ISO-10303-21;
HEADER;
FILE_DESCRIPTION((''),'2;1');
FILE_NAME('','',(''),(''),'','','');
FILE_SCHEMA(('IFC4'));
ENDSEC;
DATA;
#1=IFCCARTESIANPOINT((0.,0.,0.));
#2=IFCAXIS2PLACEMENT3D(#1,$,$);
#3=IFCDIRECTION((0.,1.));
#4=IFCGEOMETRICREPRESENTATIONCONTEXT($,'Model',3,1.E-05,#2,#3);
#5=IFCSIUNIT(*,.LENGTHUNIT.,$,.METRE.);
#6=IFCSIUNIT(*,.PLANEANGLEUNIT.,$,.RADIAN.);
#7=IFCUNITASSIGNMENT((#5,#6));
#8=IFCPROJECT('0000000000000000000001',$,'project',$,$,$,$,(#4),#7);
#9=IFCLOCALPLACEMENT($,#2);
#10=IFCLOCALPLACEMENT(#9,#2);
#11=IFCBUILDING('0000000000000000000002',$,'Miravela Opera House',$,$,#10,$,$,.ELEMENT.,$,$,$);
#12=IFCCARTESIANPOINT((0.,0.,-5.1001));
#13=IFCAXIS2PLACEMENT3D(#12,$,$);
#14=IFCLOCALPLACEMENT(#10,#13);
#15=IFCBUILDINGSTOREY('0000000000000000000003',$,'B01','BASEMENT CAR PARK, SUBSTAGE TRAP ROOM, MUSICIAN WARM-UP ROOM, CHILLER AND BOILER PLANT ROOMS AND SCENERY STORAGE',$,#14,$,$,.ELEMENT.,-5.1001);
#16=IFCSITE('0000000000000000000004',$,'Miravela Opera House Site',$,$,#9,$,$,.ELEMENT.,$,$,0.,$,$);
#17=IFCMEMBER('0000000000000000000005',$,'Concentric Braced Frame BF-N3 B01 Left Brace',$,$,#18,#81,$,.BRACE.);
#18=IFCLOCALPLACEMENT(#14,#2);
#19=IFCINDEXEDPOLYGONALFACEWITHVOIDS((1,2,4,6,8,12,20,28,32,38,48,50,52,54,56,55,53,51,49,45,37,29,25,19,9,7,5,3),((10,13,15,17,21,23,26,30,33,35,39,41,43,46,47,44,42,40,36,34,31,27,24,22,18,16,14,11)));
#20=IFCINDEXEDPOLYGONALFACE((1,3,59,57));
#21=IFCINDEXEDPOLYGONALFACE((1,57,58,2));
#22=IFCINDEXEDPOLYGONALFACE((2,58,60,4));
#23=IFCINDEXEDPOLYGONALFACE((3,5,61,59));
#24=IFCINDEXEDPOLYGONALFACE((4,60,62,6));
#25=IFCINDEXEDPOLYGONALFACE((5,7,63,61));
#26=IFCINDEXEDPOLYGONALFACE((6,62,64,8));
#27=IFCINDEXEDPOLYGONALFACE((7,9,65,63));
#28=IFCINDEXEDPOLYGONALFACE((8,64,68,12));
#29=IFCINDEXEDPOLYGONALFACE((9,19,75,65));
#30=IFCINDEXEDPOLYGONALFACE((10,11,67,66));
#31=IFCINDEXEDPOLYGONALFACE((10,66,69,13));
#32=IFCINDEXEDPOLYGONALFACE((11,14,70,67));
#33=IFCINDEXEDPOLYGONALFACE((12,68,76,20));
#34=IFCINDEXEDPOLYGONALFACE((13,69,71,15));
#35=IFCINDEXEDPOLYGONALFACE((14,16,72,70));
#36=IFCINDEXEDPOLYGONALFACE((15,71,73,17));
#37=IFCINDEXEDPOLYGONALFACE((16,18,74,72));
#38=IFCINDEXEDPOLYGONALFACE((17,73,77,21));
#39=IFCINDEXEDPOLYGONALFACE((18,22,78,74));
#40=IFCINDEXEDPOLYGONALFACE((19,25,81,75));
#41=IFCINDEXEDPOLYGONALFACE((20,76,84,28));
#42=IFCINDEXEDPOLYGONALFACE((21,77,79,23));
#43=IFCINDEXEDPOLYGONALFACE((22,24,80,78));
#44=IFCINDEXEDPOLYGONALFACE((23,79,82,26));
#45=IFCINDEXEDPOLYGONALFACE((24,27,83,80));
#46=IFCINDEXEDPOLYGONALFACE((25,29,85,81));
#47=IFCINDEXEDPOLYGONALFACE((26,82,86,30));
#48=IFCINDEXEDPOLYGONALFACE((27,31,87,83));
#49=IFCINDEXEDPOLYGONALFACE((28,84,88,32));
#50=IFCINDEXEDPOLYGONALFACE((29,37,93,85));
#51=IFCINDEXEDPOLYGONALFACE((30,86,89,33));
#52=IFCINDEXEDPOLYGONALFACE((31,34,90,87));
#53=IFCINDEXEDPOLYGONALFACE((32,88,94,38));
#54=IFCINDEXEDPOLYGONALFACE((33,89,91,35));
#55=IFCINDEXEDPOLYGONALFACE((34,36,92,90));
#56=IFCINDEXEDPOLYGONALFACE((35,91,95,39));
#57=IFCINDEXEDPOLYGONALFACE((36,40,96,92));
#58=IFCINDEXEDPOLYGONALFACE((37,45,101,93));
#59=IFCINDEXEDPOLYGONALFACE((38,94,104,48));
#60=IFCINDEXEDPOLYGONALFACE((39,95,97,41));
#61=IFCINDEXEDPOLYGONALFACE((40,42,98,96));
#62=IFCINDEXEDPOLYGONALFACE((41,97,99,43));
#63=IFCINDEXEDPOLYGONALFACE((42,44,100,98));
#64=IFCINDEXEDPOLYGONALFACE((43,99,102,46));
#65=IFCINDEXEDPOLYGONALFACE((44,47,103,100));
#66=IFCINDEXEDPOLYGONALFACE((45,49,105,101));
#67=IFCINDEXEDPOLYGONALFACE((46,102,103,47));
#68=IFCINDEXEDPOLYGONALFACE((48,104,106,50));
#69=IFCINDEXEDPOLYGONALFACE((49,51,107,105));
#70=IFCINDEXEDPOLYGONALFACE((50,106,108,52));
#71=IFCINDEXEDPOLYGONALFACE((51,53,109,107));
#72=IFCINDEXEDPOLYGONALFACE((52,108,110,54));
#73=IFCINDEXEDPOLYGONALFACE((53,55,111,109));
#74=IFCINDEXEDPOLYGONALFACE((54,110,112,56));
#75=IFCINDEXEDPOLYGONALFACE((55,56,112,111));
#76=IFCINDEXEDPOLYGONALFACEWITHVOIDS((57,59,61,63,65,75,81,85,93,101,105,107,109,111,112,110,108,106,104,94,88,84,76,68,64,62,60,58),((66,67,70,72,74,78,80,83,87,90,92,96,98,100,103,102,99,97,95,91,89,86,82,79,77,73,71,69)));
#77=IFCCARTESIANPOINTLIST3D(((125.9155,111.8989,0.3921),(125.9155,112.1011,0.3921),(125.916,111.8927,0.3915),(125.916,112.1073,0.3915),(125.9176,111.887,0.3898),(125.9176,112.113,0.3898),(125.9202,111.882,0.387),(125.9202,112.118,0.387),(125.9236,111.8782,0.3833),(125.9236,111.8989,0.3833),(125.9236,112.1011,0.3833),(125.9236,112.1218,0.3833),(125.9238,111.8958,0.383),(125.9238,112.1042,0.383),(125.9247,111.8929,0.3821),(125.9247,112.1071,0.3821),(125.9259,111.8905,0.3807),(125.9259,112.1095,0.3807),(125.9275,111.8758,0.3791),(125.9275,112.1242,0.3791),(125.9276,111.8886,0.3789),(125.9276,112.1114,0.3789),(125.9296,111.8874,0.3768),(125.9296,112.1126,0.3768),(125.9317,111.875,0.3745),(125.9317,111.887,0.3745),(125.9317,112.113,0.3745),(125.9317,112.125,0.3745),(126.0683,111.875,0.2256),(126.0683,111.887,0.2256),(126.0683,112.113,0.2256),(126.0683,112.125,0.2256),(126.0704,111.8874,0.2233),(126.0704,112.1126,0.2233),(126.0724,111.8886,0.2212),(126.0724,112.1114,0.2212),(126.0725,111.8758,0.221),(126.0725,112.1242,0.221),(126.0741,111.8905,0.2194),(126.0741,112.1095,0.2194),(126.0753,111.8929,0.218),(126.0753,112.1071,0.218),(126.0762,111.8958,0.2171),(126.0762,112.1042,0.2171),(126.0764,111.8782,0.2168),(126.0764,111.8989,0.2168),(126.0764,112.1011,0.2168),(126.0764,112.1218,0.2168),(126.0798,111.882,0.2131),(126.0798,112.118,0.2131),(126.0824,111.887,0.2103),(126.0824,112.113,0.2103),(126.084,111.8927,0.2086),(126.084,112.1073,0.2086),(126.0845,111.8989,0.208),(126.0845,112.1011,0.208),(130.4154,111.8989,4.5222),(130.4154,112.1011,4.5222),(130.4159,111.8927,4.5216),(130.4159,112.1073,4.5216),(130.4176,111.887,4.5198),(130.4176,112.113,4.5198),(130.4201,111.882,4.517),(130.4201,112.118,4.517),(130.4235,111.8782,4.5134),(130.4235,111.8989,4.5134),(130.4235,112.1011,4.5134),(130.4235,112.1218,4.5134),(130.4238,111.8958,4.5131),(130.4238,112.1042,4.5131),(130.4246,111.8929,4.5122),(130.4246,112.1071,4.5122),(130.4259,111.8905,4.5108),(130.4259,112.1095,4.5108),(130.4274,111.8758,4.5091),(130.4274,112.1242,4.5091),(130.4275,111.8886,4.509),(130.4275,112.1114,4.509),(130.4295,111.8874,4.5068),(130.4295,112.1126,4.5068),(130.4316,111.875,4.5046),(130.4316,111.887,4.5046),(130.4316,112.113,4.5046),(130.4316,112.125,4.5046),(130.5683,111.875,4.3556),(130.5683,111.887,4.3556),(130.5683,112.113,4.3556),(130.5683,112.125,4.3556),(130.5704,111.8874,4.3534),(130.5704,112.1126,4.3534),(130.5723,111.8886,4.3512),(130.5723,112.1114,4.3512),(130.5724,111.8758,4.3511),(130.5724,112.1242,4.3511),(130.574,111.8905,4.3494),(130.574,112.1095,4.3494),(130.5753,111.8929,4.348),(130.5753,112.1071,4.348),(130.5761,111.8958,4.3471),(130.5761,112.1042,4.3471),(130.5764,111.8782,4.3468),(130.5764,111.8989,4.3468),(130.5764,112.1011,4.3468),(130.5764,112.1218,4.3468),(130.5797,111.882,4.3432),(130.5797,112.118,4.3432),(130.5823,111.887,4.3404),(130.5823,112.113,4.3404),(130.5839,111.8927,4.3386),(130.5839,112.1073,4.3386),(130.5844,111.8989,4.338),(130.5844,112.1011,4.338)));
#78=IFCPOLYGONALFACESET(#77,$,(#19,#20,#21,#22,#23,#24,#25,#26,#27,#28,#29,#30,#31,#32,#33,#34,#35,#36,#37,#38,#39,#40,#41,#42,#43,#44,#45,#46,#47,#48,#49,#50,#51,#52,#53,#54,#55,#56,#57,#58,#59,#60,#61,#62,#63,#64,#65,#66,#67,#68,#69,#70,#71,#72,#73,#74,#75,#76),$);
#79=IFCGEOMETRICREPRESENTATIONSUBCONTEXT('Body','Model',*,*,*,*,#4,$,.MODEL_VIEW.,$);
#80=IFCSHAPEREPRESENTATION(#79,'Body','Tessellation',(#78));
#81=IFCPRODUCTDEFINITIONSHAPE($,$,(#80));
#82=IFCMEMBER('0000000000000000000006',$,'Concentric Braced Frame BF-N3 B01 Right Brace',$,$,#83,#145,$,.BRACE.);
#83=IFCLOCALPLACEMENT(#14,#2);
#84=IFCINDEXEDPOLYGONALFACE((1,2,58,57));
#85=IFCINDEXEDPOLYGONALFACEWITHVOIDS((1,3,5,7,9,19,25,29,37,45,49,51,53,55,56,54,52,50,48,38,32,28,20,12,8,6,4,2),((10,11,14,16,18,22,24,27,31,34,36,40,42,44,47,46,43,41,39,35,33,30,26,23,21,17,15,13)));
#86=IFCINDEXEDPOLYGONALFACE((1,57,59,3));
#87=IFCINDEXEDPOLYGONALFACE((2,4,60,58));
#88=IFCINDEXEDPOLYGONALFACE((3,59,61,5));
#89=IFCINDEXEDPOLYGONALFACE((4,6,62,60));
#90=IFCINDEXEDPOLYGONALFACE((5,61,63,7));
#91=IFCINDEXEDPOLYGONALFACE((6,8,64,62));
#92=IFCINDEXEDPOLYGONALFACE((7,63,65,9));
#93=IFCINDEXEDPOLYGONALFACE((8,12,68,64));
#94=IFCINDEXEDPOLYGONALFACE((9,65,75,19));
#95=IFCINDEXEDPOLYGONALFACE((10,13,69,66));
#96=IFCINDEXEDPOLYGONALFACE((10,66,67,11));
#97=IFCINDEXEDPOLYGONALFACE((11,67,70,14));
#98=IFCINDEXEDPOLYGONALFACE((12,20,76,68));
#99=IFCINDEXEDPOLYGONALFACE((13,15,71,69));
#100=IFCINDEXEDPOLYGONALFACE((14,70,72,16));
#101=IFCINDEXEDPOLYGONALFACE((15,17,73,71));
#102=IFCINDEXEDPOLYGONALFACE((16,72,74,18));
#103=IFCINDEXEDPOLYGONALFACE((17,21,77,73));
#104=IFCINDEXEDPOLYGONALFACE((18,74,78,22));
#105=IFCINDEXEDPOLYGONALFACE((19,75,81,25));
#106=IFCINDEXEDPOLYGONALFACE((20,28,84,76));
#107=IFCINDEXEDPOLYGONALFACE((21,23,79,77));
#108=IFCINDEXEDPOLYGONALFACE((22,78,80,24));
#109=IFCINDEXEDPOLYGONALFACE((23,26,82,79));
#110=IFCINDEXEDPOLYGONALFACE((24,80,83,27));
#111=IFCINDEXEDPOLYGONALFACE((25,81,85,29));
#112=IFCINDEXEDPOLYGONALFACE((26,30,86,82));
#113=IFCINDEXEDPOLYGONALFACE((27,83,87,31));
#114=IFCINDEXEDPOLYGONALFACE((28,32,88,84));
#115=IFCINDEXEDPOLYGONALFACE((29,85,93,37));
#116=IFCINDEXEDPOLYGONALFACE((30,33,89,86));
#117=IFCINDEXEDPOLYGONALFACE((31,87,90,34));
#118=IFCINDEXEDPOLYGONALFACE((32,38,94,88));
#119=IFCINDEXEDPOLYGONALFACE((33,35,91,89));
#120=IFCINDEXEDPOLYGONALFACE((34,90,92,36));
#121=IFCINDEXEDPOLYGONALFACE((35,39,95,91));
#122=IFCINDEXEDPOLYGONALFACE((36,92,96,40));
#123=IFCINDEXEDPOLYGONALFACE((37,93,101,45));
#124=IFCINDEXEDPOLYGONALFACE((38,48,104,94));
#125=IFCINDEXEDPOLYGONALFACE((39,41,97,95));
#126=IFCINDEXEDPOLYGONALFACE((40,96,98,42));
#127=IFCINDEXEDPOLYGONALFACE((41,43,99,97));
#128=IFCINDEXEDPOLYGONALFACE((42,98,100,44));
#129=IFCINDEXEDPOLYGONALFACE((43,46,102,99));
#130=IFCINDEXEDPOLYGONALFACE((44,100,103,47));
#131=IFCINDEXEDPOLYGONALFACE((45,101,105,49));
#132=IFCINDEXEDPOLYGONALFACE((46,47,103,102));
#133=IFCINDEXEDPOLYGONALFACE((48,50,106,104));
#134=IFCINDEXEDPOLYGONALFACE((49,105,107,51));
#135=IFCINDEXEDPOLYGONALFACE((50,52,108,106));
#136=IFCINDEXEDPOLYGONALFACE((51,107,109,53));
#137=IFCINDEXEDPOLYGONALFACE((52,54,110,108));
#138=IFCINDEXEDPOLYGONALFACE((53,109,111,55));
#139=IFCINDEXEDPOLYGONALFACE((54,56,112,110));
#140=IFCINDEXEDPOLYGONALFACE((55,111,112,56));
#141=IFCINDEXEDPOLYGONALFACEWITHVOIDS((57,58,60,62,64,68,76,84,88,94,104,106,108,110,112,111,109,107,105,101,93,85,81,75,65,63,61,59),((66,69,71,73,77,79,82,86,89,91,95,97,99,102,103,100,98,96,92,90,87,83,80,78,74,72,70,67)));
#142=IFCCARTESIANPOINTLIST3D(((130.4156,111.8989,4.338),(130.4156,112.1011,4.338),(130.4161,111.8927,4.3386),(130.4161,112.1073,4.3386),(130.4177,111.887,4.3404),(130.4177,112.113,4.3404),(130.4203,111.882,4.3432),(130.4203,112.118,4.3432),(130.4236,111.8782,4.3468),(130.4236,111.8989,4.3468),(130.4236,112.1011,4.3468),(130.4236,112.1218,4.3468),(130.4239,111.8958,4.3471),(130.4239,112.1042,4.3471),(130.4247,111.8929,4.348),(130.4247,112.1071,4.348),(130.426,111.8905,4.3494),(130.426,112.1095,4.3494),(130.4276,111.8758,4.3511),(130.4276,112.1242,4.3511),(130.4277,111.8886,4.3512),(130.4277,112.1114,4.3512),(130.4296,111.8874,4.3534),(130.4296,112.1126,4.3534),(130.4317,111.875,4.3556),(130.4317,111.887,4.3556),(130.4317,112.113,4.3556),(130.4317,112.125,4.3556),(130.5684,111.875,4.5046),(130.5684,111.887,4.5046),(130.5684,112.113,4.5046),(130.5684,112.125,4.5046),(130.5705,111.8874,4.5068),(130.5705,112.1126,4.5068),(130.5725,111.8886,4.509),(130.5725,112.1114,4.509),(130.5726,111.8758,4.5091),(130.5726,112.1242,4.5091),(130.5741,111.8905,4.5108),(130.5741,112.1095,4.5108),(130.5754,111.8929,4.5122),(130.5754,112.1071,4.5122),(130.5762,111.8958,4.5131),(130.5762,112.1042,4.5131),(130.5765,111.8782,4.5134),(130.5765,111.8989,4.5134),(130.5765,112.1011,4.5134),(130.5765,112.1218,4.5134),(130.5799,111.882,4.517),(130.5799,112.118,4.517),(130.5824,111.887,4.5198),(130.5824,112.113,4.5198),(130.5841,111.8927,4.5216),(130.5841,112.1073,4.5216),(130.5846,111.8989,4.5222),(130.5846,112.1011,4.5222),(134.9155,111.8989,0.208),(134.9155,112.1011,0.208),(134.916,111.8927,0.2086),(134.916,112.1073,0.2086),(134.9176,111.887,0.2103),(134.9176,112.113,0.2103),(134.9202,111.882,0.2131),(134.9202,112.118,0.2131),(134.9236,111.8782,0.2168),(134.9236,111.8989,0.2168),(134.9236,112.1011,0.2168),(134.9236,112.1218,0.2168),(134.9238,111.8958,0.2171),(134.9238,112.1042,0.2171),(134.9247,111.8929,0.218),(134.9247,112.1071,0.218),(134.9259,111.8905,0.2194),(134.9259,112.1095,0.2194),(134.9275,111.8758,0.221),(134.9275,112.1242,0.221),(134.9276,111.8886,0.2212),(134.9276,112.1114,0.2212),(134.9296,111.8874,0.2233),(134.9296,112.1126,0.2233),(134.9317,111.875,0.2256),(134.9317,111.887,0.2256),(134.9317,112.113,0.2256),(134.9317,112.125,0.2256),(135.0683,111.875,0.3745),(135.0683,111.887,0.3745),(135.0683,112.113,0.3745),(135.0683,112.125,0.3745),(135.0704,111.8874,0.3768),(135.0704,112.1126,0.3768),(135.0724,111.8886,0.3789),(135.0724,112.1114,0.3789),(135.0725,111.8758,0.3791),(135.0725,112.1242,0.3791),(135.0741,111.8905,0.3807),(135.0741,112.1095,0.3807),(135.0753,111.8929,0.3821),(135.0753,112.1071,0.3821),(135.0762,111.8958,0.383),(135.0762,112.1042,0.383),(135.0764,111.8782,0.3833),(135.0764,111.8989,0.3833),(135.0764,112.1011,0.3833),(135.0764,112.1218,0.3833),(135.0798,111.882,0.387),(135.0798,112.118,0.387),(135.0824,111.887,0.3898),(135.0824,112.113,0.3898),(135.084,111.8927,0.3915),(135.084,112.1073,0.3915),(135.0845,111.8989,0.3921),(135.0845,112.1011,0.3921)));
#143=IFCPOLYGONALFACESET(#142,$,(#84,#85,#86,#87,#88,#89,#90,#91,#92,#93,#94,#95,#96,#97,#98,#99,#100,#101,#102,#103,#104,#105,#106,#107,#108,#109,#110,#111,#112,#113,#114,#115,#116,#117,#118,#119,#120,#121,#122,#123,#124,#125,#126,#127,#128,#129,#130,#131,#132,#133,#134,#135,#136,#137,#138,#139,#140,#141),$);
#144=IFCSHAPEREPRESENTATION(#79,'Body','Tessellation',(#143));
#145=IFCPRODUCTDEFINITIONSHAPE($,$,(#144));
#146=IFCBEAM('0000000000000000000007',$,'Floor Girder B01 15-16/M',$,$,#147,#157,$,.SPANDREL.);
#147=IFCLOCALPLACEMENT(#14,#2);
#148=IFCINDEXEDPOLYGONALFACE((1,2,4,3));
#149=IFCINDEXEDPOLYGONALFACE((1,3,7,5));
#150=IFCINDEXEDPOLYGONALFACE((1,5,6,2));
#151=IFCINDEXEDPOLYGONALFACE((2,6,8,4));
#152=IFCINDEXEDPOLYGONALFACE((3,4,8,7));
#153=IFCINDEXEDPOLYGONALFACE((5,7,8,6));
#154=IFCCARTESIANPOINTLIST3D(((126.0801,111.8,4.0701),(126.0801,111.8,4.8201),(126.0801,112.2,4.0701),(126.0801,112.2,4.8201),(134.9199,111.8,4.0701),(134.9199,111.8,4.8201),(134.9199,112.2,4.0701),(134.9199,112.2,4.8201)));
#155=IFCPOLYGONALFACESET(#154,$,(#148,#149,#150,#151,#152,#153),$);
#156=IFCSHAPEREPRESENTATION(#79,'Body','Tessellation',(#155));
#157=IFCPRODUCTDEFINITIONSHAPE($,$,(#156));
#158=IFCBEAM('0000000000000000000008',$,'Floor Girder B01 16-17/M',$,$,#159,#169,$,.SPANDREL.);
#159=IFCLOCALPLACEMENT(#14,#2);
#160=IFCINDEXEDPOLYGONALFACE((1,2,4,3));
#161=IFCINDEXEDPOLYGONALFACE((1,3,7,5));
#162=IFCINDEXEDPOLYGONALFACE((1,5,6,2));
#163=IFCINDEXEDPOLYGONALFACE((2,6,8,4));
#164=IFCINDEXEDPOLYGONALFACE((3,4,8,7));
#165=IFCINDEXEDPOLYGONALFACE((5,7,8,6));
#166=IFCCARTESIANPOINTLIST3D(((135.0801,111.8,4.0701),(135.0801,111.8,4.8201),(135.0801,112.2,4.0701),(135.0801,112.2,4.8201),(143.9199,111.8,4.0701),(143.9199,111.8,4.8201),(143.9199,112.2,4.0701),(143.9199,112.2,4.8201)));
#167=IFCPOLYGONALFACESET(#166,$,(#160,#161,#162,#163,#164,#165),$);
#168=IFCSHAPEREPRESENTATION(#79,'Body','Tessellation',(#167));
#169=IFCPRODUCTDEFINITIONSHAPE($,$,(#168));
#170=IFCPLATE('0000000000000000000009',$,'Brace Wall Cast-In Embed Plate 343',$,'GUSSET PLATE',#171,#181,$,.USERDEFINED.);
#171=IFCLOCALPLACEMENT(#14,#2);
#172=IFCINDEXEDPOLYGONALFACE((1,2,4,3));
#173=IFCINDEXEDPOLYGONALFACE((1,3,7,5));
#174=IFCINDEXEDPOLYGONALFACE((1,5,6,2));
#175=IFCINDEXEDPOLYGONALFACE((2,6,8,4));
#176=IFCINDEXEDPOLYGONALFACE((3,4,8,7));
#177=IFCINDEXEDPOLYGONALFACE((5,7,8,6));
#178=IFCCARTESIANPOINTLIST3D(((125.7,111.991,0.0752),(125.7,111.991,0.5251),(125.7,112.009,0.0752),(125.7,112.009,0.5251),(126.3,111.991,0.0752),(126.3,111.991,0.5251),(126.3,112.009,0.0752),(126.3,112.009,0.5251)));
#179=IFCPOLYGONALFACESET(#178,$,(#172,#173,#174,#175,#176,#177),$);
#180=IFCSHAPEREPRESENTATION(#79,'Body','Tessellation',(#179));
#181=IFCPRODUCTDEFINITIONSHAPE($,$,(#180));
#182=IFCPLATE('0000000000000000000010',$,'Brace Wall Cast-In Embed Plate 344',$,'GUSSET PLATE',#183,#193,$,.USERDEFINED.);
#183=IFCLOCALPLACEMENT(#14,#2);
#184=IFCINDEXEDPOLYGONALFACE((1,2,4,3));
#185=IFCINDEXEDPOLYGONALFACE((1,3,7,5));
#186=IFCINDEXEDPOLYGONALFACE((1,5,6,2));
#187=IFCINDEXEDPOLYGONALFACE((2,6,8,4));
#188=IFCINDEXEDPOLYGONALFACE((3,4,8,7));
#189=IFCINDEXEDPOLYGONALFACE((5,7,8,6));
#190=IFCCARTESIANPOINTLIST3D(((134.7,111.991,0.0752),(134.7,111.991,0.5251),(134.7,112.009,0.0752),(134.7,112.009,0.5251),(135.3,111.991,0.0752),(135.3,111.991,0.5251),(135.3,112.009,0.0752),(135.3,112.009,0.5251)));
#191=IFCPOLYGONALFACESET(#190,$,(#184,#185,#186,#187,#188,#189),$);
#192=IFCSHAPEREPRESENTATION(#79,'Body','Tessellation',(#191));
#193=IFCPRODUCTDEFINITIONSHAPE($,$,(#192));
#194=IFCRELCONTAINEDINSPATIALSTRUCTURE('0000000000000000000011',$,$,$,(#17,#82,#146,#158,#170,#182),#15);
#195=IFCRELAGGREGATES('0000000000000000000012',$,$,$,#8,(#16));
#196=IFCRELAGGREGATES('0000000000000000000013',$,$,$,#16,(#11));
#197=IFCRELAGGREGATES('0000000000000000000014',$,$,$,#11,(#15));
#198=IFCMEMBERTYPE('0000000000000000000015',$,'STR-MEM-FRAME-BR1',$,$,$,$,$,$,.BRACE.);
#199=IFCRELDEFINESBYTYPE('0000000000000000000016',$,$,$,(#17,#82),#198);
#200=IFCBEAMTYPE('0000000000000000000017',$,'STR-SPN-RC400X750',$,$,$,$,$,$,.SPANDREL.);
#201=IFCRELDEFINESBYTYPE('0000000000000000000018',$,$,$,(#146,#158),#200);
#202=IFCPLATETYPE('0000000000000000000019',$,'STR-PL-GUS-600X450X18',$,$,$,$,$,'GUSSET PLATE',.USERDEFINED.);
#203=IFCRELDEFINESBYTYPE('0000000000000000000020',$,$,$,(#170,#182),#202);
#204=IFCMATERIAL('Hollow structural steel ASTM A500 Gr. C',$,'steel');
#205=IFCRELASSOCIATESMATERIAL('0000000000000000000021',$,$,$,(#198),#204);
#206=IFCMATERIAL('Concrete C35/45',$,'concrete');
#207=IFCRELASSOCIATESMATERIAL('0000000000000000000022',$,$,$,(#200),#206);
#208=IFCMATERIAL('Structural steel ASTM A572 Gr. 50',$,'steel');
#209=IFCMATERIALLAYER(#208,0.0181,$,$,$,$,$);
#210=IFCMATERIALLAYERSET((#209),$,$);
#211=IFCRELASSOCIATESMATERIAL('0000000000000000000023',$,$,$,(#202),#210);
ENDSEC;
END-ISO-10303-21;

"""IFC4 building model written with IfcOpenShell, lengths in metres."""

from ifc_helpers import new_model, si_unit, direction, frame, origin, origin_2d, place, context, subcontext, project, spatial, rectangle, hollow_rectangle, extrude, material, layer, layer_set, material_profile, profile_set, type_object, element, save


model = new_model("IFC4")

# Units and contexts
model_context = context("Model", 3, precision=1e-05, world=origin(), true_north=direction((0.0, 1.0)))
body_context = subcontext(model_context, "Body", "Model", "MODEL_VIEW")
ifc_project = project(units=[si_unit("LENGTHUNIT", "METRE"), si_unit("PLANEANGLEUNIT", "RADIAN")], contexts=[model_context])

# Site, building, storey
site_placement = place(None, origin())
site = spatial("IfcSite", under=ifc_project, at=site_placement, Name="Miravela Opera House Site", CompositionType="ELEMENT", RefElevation=0.0)
building_placement = place(site_placement, origin())
building = spatial("IfcBuilding", under=site, at=building_placement, Name="Miravela Opera House", CompositionType="ELEMENT")
storey_placement = place(building_placement, frame((0.0, 0.0, -5.1001)))
storey = spatial("IfcBuildingStorey", under=building, at=storey_placement, Name="B01", Description="BASEMENT CAR PARK, SUBSTAGE TRAP ROOM, MUSICIAN WARM-UP ROOM, CHILLER AND BOILER PLANT ROOMS AND SCENERY STORAGE", CompositionType="ELEMENT", Elevation=-5.1001)

# Shared definitions
ifc_material_1 = material(Name="Concrete C35/45", Category="concrete")

# Shared definitions
ifc_material_2 = material(Name="Hollow structural steel ASTM A500 Gr. C", Category="steel")

# Members
ifc_material_profile_1 = material_profile(ifc_material_2, hollow_rectangle(XDim=0.25, YDim=0.25, WallThickness=0.012, InnerFilletRadius=0.012, OuterFilletRadius=0.0239, at=origin_2d()), Name="HSS250X250X12")
ifc_profile_set_1 = profile_set([ifc_material_profile_1])
member_type = type_object("IfcMemberType", Name="STR-MEM-FRAME-BR1", PredefinedType="BRACE", material=ifc_profile_set_1)
for number, where, z_axis, x_axis, name in (
    (1, (126.0, 112.0, 0.3), (0.736736, 0.0, 0.676181), (0.0, 1.0, 0.0), "Concentric Braced Frame BF-N3 B01 Left Brace"),
    (2, (135.0, 112.0, 0.3), (-0.736736, 0.0, 0.676181), (0.0, -1.0, 0.0), "Concentric Braced Frame BF-N3 B01 Right Brace"),
):
    element("IfcMember", number, at=place(storey_placement, frame(where, z_axis=z_axis, x_axis=x_axis)), inside=storey, type_object=member_type, Name=name, PredefinedType="BRACE", context=body_context, shape_type="SweptSolid", body=[
        extrude(hollow_rectangle(XDim=0.25, YDim=0.25, WallThickness=0.012, InnerFilletRadius=0.012, OuterFilletRadius=0.0239, at=origin_2d()), origin(), (0.0, 0.0, 1.0), 6.1079),
    ])

# Beams
ifc_material_profile_2 = material_profile(ifc_material_1, rectangle(XDim=0.3999, YDim=0.75, at=origin_2d()), Name="RC-SPN-400X750")
ifc_profile_set_2 = profile_set([ifc_material_profile_2])
beam_type = type_object("IfcBeamType", Name="STR-SPN-RC400X750", PredefinedType="SPANDREL", material=ifc_profile_set_2)
for number, where, z_axis, x_axis, name in (
    (3, (126.0801, 112.0, 4.4451), (1.0, 0.0, 0.0), (0.0, 1.0, 0.0), "Floor Girder B01 15-16/M"),
    (4, (135.0801, 112.0, 4.4451), (1.0, 0.0, 0.0), (0.0, 1.0, 0.0), "Floor Girder B01 16-17/M"),
):
    element("IfcBeam", number, at=place(storey_placement, frame(where, z_axis=z_axis, x_axis=x_axis)), inside=storey, type_object=beam_type, Name=name, PredefinedType="SPANDREL", context=body_context, shape_type="SweptSolid", body=[
        extrude(rectangle(XDim=0.3999, YDim=0.75, at=origin_2d()), origin(), (0.0, 0.0, 1.0), 8.8398),
    ])

# Plates
ifc_material_3 = material(Name="Structural steel ASTM A572 Gr. 50", Category="steel")
ifc_layer_1 = layer(ifc_material_3, 0.0181)
ifc_layer_set_1 = layer_set([ifc_layer_1])
plate_type_1 = type_object("IfcPlateType", Name="STR-PL-GUS-600X450X18", ElementType="GUSSET PLATE", PredefinedType="USERDEFINED", material=ifc_layer_set_1)
for number, where, z_axis, x_axis, name in (
    (5, (126.0, 112.0, 0.0752), (0.0, 0.0, 1.0), (1.0, 0.0, 0.0), "Brace Wall Cast-In Embed Plate 343"),
    (6, (135.0, 112.0, 0.0752), (0.0, 0.0, 1.0), (1.0, 0.0, 0.0), "Brace Wall Cast-In Embed Plate 344"),
):
    element("IfcPlate", number, at=place(storey_placement, frame(where, z_axis=z_axis, x_axis=x_axis)), inside=storey, type_object=plate_type_1, Name=name, ObjectType="GUSSET PLATE", PredefinedType="USERDEFINED", context=body_context, shape_type="SweptSolid", body=[
        extrude(rectangle(XDim=0.6001, YDim=0.0181, at=origin_2d()), origin(), (0.0, 0.0, 1.0), 0.45),
    ])

save(model, "model.ifc")
